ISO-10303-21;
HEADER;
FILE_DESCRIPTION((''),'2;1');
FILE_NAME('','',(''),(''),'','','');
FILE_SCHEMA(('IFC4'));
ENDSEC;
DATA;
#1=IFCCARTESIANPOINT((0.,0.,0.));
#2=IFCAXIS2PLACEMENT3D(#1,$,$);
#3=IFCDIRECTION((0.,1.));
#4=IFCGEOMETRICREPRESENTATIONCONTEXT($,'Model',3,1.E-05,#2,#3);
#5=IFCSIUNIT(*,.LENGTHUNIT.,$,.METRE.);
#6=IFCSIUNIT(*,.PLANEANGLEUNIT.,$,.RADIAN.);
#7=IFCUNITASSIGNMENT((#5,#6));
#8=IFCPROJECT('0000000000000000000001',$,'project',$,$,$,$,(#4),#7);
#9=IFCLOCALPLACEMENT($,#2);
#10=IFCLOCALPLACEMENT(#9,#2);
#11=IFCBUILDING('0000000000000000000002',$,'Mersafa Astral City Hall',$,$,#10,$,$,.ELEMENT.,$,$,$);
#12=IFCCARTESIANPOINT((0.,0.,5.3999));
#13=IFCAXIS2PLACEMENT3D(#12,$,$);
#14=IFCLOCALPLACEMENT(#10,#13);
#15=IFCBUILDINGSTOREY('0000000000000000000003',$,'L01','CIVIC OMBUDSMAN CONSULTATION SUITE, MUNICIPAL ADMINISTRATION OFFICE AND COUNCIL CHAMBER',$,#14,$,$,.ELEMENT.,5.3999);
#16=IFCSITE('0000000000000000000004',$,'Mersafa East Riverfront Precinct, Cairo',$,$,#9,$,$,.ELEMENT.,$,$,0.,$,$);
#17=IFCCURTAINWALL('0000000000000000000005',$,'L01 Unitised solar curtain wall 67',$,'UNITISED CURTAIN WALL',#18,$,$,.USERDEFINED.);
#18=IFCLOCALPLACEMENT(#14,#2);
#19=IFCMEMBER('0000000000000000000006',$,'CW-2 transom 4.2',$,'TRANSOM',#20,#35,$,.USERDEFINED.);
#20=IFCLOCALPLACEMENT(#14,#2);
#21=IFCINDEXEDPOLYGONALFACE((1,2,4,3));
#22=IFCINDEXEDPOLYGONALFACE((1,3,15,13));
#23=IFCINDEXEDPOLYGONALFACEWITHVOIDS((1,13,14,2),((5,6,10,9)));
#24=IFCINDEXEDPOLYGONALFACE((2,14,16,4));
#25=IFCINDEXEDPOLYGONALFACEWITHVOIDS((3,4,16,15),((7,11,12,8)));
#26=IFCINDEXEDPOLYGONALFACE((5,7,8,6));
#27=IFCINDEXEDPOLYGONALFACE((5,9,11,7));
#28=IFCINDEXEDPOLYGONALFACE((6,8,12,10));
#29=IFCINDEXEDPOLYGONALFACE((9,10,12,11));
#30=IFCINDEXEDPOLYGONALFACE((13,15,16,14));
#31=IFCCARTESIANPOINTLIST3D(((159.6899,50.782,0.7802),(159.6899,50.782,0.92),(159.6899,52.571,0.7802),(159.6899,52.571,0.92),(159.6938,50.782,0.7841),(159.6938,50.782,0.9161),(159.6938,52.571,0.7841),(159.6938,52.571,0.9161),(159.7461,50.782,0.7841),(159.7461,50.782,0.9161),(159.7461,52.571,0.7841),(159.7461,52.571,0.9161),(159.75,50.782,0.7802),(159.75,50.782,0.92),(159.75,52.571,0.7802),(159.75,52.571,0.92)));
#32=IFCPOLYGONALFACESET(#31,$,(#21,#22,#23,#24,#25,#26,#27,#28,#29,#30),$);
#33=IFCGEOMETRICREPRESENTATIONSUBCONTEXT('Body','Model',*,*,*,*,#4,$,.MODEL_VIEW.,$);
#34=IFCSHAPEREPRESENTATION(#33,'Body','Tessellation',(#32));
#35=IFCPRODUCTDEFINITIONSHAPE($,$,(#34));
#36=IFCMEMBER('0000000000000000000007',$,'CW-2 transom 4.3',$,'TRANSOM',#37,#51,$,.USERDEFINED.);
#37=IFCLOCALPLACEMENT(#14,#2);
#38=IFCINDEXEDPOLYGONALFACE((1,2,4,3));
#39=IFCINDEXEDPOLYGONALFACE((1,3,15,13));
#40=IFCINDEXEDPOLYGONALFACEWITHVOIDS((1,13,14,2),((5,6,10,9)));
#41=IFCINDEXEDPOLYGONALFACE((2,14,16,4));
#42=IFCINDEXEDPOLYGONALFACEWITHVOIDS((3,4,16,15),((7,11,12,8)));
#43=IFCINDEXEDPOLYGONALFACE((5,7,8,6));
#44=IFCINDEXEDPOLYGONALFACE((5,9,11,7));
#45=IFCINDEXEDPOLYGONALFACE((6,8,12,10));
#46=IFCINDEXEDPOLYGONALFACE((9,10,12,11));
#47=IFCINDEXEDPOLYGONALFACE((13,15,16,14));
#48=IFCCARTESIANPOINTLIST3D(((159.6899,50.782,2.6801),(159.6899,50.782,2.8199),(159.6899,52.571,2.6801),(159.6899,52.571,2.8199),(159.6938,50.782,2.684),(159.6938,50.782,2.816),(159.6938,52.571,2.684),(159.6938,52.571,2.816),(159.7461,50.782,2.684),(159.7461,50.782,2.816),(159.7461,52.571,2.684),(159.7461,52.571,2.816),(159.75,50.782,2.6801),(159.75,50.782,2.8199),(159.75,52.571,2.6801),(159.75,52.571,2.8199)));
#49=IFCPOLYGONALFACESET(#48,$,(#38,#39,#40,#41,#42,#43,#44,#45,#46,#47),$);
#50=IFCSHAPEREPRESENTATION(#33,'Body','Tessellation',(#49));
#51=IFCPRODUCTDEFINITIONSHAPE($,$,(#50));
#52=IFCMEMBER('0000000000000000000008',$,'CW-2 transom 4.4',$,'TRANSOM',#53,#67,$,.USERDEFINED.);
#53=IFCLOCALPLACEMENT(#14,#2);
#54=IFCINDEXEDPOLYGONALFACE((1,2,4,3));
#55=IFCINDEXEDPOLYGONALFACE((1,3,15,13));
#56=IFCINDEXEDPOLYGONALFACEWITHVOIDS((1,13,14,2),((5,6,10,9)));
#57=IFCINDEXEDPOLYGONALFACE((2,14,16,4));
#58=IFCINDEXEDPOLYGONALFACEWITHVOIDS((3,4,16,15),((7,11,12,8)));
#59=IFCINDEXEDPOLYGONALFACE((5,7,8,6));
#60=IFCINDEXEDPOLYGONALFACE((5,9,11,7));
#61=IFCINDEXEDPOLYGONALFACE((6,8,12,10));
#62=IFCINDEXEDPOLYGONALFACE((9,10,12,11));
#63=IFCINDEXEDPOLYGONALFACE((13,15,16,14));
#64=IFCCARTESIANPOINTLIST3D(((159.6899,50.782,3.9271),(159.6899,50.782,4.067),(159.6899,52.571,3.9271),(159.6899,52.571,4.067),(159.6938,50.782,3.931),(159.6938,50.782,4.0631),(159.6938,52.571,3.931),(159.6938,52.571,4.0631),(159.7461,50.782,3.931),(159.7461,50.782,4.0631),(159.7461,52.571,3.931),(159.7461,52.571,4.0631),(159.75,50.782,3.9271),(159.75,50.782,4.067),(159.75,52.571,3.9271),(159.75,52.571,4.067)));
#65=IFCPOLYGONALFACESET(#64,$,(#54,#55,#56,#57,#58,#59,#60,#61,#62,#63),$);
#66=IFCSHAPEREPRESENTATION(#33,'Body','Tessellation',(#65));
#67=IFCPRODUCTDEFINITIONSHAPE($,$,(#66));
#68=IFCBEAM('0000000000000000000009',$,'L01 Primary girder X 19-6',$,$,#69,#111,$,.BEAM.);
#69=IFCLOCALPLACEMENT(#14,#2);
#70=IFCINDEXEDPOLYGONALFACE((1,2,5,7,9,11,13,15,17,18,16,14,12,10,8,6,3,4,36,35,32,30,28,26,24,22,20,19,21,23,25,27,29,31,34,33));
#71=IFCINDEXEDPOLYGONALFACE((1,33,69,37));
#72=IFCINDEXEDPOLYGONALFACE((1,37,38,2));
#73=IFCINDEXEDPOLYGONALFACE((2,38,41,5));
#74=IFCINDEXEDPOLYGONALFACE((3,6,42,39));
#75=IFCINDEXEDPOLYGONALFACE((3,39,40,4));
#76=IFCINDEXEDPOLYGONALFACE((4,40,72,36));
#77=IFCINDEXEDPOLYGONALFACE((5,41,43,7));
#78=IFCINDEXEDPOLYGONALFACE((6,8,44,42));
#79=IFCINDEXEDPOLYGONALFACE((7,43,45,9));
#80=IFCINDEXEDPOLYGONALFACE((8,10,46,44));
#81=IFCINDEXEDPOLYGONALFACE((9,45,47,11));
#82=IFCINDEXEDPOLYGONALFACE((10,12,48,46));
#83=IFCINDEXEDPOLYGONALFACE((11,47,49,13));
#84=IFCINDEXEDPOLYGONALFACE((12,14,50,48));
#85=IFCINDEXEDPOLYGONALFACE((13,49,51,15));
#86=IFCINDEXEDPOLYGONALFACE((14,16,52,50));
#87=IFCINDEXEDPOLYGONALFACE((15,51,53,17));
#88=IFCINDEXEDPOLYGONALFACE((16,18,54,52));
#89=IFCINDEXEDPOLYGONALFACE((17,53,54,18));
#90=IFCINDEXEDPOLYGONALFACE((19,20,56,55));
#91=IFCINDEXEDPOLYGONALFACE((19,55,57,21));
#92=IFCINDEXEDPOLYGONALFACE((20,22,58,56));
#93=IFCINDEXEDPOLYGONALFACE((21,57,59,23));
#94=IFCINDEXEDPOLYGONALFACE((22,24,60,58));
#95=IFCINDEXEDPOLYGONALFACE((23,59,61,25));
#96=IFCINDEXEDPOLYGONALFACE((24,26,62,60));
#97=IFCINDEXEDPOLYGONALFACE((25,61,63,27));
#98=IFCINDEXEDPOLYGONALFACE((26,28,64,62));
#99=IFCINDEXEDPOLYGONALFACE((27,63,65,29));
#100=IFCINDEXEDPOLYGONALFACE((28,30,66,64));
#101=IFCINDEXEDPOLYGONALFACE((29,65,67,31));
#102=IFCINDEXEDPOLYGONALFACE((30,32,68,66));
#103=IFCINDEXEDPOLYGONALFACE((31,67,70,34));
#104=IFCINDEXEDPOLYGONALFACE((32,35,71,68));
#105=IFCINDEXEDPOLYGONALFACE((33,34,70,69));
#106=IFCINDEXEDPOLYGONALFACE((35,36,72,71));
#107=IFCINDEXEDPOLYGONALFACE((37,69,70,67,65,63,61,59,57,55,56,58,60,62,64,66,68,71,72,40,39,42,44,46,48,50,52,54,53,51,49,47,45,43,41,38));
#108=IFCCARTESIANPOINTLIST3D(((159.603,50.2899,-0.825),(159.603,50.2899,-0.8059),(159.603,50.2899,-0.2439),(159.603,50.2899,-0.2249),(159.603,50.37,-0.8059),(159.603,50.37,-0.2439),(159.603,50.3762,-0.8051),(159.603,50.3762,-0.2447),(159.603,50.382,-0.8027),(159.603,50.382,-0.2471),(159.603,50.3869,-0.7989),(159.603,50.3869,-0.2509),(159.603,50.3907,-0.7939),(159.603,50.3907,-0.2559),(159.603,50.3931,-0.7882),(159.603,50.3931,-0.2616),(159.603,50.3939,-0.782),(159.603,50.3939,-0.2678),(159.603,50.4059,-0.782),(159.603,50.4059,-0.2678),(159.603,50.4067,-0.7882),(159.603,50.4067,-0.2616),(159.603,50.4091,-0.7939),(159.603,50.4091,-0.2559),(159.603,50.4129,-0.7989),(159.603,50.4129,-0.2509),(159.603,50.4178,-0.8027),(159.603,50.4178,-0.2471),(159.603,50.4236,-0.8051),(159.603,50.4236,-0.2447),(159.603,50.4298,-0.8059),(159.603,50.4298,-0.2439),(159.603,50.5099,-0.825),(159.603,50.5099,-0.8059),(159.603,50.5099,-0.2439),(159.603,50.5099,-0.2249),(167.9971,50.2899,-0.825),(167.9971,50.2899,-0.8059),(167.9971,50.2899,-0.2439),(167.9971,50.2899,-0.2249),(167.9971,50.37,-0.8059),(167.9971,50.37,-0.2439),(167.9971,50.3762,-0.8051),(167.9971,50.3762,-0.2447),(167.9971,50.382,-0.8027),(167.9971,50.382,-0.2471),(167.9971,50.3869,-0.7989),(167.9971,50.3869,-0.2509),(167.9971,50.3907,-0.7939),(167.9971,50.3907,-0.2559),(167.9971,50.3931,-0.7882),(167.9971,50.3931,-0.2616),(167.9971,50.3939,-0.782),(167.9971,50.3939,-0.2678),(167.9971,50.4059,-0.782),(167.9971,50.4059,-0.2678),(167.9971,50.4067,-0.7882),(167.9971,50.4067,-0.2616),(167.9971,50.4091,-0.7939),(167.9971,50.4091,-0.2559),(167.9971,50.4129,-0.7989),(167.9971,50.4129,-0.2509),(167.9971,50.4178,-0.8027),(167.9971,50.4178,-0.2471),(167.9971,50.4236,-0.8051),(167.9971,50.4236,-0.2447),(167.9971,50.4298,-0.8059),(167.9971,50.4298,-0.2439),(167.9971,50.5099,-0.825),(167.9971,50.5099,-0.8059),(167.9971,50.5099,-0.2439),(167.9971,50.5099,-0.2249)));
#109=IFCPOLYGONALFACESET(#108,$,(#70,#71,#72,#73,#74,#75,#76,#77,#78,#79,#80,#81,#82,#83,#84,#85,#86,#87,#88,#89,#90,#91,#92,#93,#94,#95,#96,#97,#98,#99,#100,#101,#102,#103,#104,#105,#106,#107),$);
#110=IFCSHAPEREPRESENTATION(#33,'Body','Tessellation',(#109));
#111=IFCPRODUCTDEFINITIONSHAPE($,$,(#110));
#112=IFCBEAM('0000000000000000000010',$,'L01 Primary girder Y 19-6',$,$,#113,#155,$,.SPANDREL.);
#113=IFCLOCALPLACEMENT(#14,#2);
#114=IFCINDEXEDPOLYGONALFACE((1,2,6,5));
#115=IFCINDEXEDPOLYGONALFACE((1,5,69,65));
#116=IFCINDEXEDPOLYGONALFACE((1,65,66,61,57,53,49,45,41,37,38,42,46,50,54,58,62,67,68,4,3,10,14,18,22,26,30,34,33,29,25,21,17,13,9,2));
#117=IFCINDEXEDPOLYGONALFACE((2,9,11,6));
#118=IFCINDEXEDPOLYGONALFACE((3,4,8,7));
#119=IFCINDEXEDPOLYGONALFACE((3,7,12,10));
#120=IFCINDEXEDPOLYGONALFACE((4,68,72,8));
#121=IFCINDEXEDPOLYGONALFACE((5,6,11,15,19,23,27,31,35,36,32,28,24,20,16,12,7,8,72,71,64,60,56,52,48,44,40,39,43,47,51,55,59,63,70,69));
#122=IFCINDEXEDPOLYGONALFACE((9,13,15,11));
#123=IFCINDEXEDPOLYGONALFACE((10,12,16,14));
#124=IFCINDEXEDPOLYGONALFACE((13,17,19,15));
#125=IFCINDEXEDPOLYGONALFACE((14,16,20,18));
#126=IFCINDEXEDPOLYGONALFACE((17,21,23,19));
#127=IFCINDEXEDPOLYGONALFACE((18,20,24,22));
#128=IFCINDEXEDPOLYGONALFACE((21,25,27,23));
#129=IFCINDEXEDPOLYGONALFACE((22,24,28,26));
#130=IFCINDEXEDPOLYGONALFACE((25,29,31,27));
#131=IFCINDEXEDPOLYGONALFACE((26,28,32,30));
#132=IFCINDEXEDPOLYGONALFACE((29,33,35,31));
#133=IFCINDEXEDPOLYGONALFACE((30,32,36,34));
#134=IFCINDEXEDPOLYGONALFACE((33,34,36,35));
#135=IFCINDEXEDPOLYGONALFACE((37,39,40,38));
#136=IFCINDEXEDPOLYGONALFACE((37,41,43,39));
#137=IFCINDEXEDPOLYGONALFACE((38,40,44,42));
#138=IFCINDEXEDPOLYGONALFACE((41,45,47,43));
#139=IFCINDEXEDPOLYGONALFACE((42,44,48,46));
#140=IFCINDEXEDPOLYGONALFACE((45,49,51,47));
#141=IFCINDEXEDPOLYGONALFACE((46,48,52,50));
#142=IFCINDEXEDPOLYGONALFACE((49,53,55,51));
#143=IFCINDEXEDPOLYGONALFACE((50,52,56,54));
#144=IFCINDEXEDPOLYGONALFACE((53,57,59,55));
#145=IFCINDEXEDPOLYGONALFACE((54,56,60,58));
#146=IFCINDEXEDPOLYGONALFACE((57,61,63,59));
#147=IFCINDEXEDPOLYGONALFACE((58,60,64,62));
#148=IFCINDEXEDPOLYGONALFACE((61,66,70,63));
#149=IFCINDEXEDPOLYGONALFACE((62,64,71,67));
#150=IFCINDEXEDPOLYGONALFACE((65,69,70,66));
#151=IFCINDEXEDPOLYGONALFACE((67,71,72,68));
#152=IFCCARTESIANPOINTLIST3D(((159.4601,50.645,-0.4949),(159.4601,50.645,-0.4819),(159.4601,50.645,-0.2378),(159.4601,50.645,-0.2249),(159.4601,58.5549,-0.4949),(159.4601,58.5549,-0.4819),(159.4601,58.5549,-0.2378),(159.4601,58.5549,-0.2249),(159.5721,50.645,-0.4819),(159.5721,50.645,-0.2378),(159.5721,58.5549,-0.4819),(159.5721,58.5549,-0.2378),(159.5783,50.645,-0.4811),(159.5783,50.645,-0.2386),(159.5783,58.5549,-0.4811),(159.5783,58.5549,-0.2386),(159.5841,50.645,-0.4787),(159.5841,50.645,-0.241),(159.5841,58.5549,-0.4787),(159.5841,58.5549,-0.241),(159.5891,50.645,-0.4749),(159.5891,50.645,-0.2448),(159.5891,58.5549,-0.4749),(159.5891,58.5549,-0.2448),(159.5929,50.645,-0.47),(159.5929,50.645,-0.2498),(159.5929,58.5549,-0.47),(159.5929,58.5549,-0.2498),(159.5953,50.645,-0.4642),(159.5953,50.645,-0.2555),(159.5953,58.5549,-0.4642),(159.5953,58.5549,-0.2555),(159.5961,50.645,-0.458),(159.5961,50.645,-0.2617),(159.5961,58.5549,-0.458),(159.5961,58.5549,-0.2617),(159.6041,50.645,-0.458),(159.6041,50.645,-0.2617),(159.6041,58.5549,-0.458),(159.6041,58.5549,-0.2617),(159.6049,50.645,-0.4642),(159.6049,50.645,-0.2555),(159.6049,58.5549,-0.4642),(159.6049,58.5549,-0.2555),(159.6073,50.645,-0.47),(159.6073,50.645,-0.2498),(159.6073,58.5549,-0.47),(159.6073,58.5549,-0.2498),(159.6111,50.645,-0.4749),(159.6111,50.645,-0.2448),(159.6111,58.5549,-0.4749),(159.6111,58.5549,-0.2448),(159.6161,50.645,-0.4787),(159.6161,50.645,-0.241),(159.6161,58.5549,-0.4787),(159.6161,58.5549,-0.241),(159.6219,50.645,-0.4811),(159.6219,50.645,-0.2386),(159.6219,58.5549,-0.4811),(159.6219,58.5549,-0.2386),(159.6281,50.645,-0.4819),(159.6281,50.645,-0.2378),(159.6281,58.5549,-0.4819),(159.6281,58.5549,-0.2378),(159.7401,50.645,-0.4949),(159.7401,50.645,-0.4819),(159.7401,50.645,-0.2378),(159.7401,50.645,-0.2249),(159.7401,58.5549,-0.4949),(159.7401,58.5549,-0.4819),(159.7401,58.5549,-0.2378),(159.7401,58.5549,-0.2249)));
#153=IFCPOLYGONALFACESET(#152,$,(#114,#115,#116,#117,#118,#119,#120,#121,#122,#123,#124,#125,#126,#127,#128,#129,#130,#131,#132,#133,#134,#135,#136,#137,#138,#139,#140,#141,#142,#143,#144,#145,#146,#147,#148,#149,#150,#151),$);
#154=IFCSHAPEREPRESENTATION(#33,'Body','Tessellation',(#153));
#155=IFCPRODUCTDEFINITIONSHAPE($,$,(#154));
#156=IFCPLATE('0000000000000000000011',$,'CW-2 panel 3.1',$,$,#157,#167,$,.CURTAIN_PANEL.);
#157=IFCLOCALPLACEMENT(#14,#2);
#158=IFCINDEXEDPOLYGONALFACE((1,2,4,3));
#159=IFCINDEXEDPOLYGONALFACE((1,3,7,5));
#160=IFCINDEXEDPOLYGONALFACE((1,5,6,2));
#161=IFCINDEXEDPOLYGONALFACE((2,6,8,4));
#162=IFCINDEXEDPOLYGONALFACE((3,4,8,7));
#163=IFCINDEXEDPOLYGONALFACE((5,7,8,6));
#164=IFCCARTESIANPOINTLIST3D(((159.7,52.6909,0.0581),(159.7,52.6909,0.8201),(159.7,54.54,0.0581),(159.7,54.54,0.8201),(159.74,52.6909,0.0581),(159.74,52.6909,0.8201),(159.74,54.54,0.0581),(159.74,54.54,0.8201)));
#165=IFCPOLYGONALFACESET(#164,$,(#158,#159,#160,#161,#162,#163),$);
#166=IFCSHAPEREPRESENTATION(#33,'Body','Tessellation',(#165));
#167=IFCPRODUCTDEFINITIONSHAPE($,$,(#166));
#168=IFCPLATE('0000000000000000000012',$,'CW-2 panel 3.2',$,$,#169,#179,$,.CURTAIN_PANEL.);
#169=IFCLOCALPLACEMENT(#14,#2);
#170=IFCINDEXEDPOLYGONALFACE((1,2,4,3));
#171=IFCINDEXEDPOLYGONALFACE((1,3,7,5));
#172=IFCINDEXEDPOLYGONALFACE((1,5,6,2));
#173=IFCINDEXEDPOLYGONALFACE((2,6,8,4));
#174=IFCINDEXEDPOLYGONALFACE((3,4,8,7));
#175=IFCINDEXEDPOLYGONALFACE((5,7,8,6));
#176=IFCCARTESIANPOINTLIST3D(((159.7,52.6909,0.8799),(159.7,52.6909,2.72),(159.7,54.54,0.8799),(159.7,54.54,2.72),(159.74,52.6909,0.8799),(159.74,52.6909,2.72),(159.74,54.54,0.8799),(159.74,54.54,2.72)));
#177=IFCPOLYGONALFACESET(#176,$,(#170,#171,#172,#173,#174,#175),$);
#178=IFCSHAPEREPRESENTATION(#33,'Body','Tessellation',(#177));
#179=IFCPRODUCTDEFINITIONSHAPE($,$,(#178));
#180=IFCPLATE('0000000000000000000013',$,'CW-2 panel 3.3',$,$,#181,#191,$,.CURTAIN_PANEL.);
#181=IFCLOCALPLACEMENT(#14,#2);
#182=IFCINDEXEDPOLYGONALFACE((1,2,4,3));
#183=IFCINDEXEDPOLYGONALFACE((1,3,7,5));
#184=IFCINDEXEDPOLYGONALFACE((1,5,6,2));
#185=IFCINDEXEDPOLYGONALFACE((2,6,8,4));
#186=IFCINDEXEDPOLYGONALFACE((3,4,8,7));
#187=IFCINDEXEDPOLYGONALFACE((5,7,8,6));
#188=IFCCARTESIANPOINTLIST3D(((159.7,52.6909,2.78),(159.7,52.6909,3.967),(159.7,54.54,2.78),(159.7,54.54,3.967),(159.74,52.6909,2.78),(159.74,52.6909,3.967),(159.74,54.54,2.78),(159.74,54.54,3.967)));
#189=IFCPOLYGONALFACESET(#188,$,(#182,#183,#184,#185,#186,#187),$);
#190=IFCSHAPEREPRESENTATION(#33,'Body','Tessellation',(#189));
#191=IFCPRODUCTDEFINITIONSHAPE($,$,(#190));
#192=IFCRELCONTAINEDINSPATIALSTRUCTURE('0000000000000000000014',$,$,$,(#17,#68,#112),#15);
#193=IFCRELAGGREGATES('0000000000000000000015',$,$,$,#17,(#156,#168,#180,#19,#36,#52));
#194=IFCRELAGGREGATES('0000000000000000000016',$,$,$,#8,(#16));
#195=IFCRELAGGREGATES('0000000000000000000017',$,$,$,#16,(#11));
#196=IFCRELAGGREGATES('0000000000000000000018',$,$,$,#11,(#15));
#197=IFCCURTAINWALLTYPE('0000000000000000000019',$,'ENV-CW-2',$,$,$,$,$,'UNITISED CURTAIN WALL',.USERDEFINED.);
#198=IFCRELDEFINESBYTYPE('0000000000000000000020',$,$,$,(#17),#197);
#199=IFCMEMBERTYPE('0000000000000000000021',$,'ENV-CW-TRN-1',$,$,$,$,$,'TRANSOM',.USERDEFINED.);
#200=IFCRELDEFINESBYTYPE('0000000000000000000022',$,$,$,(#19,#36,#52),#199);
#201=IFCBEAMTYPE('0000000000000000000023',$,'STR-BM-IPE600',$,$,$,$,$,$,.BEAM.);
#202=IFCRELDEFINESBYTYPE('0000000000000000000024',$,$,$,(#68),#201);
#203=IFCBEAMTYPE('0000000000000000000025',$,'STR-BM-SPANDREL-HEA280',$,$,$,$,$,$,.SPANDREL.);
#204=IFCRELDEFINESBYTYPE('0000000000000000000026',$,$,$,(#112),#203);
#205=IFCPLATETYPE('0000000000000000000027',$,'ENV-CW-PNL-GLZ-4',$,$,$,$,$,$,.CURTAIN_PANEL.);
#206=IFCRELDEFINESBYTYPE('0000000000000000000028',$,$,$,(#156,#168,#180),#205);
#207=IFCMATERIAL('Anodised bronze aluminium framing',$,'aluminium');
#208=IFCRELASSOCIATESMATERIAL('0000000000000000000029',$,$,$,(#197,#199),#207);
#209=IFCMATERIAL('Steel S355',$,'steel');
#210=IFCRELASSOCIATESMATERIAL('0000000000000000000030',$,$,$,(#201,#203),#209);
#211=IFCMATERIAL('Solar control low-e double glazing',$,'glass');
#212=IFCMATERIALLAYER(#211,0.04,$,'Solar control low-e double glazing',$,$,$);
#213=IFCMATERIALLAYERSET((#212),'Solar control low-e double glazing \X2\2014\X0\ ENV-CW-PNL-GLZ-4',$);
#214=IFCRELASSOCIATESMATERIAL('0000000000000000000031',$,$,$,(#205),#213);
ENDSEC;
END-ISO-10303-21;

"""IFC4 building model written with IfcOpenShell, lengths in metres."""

from ifc_helpers import new_model, si_unit, direction, frame, origin, origin_2d, place, context, subcontext, project, spatial, rectangle, hollow_rectangle, i_section, extrude, material, layer, layer_set, material_profile, profile_set, type_object, element, aggregate, save


model = new_model("IFC4")

# Units and contexts
model_context = context("Model", 3, precision=1e-05, world=origin(), true_north=direction((0.0, 1.0)))
body_context = subcontext(model_context, "Body", "Model", "MODEL_VIEW")
ifc_project = project(units=[si_unit("LENGTHUNIT", "METRE"), si_unit("PLANEANGLEUNIT", "RADIAN")], contexts=[model_context])

# Site, building, storey
site_placement = place(None, origin())
site = spatial("IfcSite", under=ifc_project, at=site_placement, Name="Mersafa East Riverfront Precinct, Cairo", CompositionType="ELEMENT", RefElevation=0.0)
building_placement = place(site_placement, origin())
building = spatial("IfcBuilding", under=site, at=building_placement, Name="Mersafa Astral City Hall", CompositionType="ELEMENT")
storey_placement = place(building_placement, frame((0.0, 0.0, 5.3999)))
storey = spatial("IfcBuildingStorey", under=building, at=storey_placement, Name="L01", Description="CIVIC OMBUDSMAN CONSULTATION SUITE, MUNICIPAL ADMINISTRATION OFFICE AND COUNCIL CHAMBER", CompositionType="ELEMENT", Elevation=5.3999)

# Shared definitions
ifc_material_1 = material(Name="Steel S355", Category="steel")

# Curtain wall, members
ifc_material_2 = material(Name="Anodised bronze aluminium framing", Category="aluminium")
curtain_wall_type = type_object("IfcCurtainWallType", Name="ENV-CW-2", ElementType="UNITISED CURTAIN WALL", PredefinedType="USERDEFINED", material=ifc_material_2)
curtain_wall_placement = place(storey_placement, origin())
curtain_wall = element("IfcCurtainWall", 1, at=curtain_wall_placement, inside=storey, type_object=curtain_wall_type, Name="L01 Unitised solar curtain wall 67", ObjectType="UNITISED CURTAIN WALL", PredefinedType="USERDEFINED")
ifc_material_profile_1 = material_profile(ifc_material_2, hollow_rectangle(XDim=0.0601, YDim=0.1399, WallThickness=0.0039, at=origin_2d()), Name="RHS 60x140x4")
ifc_profile_set_1 = profile_set([ifc_material_profile_1], Name="Anodised bronze aluminium framing")
member_type_1 = type_object("IfcMemberType", Name="ENV-CW-TRN-1", ElementType="TRANSOM", PredefinedType="USERDEFINED", material=ifc_profile_set_1)
member_1_placement = place(storey_placement, frame((159.72, 52.571, 0.8501), z_axis=(0.0, -1.0, 0.0), x_axis=(1.0, 0.0, 0.0)))
member_1 = element("IfcMember", 2, at=member_1_placement, type_object=member_type_1, Name="CW-2 transom 4.2", ObjectType="TRANSOM", PredefinedType="USERDEFINED", context=body_context, shape_type="SweptSolid", body=[
    extrude(hollow_rectangle(XDim=0.0601, YDim=0.1399, WallThickness=0.0039, at=origin_2d()), origin(), (0.0, 0.0, 1.0), 1.7891),
])
member_2_placement = place(storey_placement, frame((159.72, 52.571, 2.75), z_axis=(0.0, -1.0, 0.0), x_axis=(1.0, 0.0, 0.0)))
member_2 = element("IfcMember", 3, at=member_2_placement, type_object=member_type_1, Name="CW-2 transom 4.3", ObjectType="TRANSOM", PredefinedType="USERDEFINED", context=body_context, shape_type="SweptSolid", body=[
    extrude(hollow_rectangle(XDim=0.0601, YDim=0.1399, WallThickness=0.0039, at=origin_2d()), origin(), (0.0, 0.0, 1.0), 1.7891),
])
member_3_placement = place(storey_placement, frame((159.72, 52.571, 3.9971), z_axis=(0.0, -1.0, 0.0), x_axis=(1.0, 0.0, 0.0)))
member_3 = element("IfcMember", 4, at=member_3_placement, type_object=member_type_1, Name="CW-2 transom 4.4", ObjectType="TRANSOM", PredefinedType="USERDEFINED", context=body_context, shape_type="SweptSolid", body=[
    extrude(hollow_rectangle(XDim=0.0601, YDim=0.1399, WallThickness=0.0039, at=origin_2d()), origin(), (0.0, 0.0, 1.0), 1.7891),
])

# Beams
ifc_material_profile_2 = material_profile(ifc_material_1, i_section(OverallWidth=0.22, OverallDepth=0.6001, WebThickness=0.012, FlangeThickness=0.019, FilletRadius=0.0239, at=origin_2d()), Name="IPE 600")
ifc_profile_set_2 = profile_set([ifc_material_profile_2], Name="Steel S355")
beam_type_1 = type_object("IfcBeamType", Name="STR-BM-IPE600", PredefinedType="BEAM", material=ifc_profile_set_2)
beam_1_placement = place(storey_placement, frame((159.603, 50.3999, -0.5249), z_axis=(1.0, 0.0, 0.0), x_axis=(0.0, 1.0, 0.0)))
element("IfcBeam", 5, at=beam_1_placement, inside=storey, type_object=beam_type_1, Name="L01 Primary girder X 19-6", PredefinedType="BEAM", context=body_context, shape_type="SweptSolid", body=[
    extrude(i_section(OverallWidth=0.22, OverallDepth=0.6001, WebThickness=0.012, FlangeThickness=0.019, FilletRadius=0.0239, at=origin_2d()), origin(), (0.0, 0.0, 1.0), 8.394),
])
ifc_material_profile_3 = material_profile(ifc_material_1, i_section(OverallWidth=0.28, OverallDepth=0.27, WebThickness=0.0081, FlangeThickness=0.0129, FilletRadius=0.0239, at=origin_2d()), Name="HEA 280")
ifc_profile_set_3 = profile_set([ifc_material_profile_3], Name="Steel S355")
beam_type_2 = type_object("IfcBeamType", Name="STR-BM-SPANDREL-HEA280", PredefinedType="SPANDREL", material=ifc_profile_set_3)
beam_2_placement = place(storey_placement, frame((159.6001, 50.645, -0.3599), z_axis=(0.0, 1.0, 0.0), x_axis=(-1.0, 0.0, 0.0)))
element("IfcBeam", 6, at=beam_2_placement, inside=storey, type_object=beam_type_2, Name="L01 Primary girder Y 19-6", PredefinedType="SPANDREL", context=body_context, shape_type="SweptSolid", body=[
    extrude(i_section(OverallWidth=0.28, OverallDepth=0.27, WebThickness=0.0081, FlangeThickness=0.0129, FilletRadius=0.0239, at=origin_2d()), origin(), (0.0, 0.0, 1.0), 7.9099),
])

# Plates
ifc_material_3 = material(Name="Solar control low-e double glazing", Category="glass")
ifc_layer_1 = layer(ifc_material_3, 0.04, Name="Solar control low-e double glazing")
ifc_layer_set_1 = layer_set([ifc_layer_1], Name="Solar control low-e double glazing — ENV-CW-PNL-GLZ-4")
plate_type = type_object("IfcPlateType", Name="ENV-CW-PNL-GLZ-4", PredefinedType="CURTAIN_PANEL", material=ifc_layer_set_1)
plate_1_placement = place(storey_placement, frame((159.72, 53.6155, 0.0581), z_axis=(0.0, 0.0, 1.0), x_axis=(0.0, -1.0, 0.0)))
plate_1 = element("IfcPlate", 7, at=plate_1_placement, type_object=plate_type, Name="CW-2 panel 3.1", PredefinedType="CURTAIN_PANEL", context=body_context, shape_type="SweptSolid", body=[
    extrude(rectangle(XDim=1.8491, YDim=0.04, at=origin_2d()), origin(), (0.0, 0.0, 1.0), 0.762),
])
plate_2_placement = place(storey_placement, frame((159.72, 53.6155, 0.8799), z_axis=(0.0, 0.0, 1.0), x_axis=(0.0, -1.0, 0.0)))
plate_2 = element("IfcPlate", 8, at=plate_2_placement, type_object=plate_type, Name="CW-2 panel 3.2", PredefinedType="CURTAIN_PANEL", context=body_context, shape_type="SweptSolid", body=[
    extrude(rectangle(XDim=1.8491, YDim=0.04, at=origin_2d()), origin(), (0.0, 0.0, 1.0), 1.8401),
])
plate_3_placement = place(storey_placement, frame((159.72, 53.6155, 2.78), z_axis=(0.0, 0.0, 1.0), x_axis=(0.0, -1.0, 0.0)))
plate_3 = element("IfcPlate", 9, at=plate_3_placement, type_object=plate_type, Name="CW-2 panel 3.3", PredefinedType="CURTAIN_PANEL", context=body_context, shape_type="SweptSolid", body=[
    extrude(rectangle(XDim=1.8491, YDim=0.04, at=origin_2d()), origin(), (0.0, 0.0, 1.0), 1.187),
])
aggregate(curtain_wall, [plate_1, plate_2, plate_3, member_1, member_2, member_3])

save(model, "model.ifc")
